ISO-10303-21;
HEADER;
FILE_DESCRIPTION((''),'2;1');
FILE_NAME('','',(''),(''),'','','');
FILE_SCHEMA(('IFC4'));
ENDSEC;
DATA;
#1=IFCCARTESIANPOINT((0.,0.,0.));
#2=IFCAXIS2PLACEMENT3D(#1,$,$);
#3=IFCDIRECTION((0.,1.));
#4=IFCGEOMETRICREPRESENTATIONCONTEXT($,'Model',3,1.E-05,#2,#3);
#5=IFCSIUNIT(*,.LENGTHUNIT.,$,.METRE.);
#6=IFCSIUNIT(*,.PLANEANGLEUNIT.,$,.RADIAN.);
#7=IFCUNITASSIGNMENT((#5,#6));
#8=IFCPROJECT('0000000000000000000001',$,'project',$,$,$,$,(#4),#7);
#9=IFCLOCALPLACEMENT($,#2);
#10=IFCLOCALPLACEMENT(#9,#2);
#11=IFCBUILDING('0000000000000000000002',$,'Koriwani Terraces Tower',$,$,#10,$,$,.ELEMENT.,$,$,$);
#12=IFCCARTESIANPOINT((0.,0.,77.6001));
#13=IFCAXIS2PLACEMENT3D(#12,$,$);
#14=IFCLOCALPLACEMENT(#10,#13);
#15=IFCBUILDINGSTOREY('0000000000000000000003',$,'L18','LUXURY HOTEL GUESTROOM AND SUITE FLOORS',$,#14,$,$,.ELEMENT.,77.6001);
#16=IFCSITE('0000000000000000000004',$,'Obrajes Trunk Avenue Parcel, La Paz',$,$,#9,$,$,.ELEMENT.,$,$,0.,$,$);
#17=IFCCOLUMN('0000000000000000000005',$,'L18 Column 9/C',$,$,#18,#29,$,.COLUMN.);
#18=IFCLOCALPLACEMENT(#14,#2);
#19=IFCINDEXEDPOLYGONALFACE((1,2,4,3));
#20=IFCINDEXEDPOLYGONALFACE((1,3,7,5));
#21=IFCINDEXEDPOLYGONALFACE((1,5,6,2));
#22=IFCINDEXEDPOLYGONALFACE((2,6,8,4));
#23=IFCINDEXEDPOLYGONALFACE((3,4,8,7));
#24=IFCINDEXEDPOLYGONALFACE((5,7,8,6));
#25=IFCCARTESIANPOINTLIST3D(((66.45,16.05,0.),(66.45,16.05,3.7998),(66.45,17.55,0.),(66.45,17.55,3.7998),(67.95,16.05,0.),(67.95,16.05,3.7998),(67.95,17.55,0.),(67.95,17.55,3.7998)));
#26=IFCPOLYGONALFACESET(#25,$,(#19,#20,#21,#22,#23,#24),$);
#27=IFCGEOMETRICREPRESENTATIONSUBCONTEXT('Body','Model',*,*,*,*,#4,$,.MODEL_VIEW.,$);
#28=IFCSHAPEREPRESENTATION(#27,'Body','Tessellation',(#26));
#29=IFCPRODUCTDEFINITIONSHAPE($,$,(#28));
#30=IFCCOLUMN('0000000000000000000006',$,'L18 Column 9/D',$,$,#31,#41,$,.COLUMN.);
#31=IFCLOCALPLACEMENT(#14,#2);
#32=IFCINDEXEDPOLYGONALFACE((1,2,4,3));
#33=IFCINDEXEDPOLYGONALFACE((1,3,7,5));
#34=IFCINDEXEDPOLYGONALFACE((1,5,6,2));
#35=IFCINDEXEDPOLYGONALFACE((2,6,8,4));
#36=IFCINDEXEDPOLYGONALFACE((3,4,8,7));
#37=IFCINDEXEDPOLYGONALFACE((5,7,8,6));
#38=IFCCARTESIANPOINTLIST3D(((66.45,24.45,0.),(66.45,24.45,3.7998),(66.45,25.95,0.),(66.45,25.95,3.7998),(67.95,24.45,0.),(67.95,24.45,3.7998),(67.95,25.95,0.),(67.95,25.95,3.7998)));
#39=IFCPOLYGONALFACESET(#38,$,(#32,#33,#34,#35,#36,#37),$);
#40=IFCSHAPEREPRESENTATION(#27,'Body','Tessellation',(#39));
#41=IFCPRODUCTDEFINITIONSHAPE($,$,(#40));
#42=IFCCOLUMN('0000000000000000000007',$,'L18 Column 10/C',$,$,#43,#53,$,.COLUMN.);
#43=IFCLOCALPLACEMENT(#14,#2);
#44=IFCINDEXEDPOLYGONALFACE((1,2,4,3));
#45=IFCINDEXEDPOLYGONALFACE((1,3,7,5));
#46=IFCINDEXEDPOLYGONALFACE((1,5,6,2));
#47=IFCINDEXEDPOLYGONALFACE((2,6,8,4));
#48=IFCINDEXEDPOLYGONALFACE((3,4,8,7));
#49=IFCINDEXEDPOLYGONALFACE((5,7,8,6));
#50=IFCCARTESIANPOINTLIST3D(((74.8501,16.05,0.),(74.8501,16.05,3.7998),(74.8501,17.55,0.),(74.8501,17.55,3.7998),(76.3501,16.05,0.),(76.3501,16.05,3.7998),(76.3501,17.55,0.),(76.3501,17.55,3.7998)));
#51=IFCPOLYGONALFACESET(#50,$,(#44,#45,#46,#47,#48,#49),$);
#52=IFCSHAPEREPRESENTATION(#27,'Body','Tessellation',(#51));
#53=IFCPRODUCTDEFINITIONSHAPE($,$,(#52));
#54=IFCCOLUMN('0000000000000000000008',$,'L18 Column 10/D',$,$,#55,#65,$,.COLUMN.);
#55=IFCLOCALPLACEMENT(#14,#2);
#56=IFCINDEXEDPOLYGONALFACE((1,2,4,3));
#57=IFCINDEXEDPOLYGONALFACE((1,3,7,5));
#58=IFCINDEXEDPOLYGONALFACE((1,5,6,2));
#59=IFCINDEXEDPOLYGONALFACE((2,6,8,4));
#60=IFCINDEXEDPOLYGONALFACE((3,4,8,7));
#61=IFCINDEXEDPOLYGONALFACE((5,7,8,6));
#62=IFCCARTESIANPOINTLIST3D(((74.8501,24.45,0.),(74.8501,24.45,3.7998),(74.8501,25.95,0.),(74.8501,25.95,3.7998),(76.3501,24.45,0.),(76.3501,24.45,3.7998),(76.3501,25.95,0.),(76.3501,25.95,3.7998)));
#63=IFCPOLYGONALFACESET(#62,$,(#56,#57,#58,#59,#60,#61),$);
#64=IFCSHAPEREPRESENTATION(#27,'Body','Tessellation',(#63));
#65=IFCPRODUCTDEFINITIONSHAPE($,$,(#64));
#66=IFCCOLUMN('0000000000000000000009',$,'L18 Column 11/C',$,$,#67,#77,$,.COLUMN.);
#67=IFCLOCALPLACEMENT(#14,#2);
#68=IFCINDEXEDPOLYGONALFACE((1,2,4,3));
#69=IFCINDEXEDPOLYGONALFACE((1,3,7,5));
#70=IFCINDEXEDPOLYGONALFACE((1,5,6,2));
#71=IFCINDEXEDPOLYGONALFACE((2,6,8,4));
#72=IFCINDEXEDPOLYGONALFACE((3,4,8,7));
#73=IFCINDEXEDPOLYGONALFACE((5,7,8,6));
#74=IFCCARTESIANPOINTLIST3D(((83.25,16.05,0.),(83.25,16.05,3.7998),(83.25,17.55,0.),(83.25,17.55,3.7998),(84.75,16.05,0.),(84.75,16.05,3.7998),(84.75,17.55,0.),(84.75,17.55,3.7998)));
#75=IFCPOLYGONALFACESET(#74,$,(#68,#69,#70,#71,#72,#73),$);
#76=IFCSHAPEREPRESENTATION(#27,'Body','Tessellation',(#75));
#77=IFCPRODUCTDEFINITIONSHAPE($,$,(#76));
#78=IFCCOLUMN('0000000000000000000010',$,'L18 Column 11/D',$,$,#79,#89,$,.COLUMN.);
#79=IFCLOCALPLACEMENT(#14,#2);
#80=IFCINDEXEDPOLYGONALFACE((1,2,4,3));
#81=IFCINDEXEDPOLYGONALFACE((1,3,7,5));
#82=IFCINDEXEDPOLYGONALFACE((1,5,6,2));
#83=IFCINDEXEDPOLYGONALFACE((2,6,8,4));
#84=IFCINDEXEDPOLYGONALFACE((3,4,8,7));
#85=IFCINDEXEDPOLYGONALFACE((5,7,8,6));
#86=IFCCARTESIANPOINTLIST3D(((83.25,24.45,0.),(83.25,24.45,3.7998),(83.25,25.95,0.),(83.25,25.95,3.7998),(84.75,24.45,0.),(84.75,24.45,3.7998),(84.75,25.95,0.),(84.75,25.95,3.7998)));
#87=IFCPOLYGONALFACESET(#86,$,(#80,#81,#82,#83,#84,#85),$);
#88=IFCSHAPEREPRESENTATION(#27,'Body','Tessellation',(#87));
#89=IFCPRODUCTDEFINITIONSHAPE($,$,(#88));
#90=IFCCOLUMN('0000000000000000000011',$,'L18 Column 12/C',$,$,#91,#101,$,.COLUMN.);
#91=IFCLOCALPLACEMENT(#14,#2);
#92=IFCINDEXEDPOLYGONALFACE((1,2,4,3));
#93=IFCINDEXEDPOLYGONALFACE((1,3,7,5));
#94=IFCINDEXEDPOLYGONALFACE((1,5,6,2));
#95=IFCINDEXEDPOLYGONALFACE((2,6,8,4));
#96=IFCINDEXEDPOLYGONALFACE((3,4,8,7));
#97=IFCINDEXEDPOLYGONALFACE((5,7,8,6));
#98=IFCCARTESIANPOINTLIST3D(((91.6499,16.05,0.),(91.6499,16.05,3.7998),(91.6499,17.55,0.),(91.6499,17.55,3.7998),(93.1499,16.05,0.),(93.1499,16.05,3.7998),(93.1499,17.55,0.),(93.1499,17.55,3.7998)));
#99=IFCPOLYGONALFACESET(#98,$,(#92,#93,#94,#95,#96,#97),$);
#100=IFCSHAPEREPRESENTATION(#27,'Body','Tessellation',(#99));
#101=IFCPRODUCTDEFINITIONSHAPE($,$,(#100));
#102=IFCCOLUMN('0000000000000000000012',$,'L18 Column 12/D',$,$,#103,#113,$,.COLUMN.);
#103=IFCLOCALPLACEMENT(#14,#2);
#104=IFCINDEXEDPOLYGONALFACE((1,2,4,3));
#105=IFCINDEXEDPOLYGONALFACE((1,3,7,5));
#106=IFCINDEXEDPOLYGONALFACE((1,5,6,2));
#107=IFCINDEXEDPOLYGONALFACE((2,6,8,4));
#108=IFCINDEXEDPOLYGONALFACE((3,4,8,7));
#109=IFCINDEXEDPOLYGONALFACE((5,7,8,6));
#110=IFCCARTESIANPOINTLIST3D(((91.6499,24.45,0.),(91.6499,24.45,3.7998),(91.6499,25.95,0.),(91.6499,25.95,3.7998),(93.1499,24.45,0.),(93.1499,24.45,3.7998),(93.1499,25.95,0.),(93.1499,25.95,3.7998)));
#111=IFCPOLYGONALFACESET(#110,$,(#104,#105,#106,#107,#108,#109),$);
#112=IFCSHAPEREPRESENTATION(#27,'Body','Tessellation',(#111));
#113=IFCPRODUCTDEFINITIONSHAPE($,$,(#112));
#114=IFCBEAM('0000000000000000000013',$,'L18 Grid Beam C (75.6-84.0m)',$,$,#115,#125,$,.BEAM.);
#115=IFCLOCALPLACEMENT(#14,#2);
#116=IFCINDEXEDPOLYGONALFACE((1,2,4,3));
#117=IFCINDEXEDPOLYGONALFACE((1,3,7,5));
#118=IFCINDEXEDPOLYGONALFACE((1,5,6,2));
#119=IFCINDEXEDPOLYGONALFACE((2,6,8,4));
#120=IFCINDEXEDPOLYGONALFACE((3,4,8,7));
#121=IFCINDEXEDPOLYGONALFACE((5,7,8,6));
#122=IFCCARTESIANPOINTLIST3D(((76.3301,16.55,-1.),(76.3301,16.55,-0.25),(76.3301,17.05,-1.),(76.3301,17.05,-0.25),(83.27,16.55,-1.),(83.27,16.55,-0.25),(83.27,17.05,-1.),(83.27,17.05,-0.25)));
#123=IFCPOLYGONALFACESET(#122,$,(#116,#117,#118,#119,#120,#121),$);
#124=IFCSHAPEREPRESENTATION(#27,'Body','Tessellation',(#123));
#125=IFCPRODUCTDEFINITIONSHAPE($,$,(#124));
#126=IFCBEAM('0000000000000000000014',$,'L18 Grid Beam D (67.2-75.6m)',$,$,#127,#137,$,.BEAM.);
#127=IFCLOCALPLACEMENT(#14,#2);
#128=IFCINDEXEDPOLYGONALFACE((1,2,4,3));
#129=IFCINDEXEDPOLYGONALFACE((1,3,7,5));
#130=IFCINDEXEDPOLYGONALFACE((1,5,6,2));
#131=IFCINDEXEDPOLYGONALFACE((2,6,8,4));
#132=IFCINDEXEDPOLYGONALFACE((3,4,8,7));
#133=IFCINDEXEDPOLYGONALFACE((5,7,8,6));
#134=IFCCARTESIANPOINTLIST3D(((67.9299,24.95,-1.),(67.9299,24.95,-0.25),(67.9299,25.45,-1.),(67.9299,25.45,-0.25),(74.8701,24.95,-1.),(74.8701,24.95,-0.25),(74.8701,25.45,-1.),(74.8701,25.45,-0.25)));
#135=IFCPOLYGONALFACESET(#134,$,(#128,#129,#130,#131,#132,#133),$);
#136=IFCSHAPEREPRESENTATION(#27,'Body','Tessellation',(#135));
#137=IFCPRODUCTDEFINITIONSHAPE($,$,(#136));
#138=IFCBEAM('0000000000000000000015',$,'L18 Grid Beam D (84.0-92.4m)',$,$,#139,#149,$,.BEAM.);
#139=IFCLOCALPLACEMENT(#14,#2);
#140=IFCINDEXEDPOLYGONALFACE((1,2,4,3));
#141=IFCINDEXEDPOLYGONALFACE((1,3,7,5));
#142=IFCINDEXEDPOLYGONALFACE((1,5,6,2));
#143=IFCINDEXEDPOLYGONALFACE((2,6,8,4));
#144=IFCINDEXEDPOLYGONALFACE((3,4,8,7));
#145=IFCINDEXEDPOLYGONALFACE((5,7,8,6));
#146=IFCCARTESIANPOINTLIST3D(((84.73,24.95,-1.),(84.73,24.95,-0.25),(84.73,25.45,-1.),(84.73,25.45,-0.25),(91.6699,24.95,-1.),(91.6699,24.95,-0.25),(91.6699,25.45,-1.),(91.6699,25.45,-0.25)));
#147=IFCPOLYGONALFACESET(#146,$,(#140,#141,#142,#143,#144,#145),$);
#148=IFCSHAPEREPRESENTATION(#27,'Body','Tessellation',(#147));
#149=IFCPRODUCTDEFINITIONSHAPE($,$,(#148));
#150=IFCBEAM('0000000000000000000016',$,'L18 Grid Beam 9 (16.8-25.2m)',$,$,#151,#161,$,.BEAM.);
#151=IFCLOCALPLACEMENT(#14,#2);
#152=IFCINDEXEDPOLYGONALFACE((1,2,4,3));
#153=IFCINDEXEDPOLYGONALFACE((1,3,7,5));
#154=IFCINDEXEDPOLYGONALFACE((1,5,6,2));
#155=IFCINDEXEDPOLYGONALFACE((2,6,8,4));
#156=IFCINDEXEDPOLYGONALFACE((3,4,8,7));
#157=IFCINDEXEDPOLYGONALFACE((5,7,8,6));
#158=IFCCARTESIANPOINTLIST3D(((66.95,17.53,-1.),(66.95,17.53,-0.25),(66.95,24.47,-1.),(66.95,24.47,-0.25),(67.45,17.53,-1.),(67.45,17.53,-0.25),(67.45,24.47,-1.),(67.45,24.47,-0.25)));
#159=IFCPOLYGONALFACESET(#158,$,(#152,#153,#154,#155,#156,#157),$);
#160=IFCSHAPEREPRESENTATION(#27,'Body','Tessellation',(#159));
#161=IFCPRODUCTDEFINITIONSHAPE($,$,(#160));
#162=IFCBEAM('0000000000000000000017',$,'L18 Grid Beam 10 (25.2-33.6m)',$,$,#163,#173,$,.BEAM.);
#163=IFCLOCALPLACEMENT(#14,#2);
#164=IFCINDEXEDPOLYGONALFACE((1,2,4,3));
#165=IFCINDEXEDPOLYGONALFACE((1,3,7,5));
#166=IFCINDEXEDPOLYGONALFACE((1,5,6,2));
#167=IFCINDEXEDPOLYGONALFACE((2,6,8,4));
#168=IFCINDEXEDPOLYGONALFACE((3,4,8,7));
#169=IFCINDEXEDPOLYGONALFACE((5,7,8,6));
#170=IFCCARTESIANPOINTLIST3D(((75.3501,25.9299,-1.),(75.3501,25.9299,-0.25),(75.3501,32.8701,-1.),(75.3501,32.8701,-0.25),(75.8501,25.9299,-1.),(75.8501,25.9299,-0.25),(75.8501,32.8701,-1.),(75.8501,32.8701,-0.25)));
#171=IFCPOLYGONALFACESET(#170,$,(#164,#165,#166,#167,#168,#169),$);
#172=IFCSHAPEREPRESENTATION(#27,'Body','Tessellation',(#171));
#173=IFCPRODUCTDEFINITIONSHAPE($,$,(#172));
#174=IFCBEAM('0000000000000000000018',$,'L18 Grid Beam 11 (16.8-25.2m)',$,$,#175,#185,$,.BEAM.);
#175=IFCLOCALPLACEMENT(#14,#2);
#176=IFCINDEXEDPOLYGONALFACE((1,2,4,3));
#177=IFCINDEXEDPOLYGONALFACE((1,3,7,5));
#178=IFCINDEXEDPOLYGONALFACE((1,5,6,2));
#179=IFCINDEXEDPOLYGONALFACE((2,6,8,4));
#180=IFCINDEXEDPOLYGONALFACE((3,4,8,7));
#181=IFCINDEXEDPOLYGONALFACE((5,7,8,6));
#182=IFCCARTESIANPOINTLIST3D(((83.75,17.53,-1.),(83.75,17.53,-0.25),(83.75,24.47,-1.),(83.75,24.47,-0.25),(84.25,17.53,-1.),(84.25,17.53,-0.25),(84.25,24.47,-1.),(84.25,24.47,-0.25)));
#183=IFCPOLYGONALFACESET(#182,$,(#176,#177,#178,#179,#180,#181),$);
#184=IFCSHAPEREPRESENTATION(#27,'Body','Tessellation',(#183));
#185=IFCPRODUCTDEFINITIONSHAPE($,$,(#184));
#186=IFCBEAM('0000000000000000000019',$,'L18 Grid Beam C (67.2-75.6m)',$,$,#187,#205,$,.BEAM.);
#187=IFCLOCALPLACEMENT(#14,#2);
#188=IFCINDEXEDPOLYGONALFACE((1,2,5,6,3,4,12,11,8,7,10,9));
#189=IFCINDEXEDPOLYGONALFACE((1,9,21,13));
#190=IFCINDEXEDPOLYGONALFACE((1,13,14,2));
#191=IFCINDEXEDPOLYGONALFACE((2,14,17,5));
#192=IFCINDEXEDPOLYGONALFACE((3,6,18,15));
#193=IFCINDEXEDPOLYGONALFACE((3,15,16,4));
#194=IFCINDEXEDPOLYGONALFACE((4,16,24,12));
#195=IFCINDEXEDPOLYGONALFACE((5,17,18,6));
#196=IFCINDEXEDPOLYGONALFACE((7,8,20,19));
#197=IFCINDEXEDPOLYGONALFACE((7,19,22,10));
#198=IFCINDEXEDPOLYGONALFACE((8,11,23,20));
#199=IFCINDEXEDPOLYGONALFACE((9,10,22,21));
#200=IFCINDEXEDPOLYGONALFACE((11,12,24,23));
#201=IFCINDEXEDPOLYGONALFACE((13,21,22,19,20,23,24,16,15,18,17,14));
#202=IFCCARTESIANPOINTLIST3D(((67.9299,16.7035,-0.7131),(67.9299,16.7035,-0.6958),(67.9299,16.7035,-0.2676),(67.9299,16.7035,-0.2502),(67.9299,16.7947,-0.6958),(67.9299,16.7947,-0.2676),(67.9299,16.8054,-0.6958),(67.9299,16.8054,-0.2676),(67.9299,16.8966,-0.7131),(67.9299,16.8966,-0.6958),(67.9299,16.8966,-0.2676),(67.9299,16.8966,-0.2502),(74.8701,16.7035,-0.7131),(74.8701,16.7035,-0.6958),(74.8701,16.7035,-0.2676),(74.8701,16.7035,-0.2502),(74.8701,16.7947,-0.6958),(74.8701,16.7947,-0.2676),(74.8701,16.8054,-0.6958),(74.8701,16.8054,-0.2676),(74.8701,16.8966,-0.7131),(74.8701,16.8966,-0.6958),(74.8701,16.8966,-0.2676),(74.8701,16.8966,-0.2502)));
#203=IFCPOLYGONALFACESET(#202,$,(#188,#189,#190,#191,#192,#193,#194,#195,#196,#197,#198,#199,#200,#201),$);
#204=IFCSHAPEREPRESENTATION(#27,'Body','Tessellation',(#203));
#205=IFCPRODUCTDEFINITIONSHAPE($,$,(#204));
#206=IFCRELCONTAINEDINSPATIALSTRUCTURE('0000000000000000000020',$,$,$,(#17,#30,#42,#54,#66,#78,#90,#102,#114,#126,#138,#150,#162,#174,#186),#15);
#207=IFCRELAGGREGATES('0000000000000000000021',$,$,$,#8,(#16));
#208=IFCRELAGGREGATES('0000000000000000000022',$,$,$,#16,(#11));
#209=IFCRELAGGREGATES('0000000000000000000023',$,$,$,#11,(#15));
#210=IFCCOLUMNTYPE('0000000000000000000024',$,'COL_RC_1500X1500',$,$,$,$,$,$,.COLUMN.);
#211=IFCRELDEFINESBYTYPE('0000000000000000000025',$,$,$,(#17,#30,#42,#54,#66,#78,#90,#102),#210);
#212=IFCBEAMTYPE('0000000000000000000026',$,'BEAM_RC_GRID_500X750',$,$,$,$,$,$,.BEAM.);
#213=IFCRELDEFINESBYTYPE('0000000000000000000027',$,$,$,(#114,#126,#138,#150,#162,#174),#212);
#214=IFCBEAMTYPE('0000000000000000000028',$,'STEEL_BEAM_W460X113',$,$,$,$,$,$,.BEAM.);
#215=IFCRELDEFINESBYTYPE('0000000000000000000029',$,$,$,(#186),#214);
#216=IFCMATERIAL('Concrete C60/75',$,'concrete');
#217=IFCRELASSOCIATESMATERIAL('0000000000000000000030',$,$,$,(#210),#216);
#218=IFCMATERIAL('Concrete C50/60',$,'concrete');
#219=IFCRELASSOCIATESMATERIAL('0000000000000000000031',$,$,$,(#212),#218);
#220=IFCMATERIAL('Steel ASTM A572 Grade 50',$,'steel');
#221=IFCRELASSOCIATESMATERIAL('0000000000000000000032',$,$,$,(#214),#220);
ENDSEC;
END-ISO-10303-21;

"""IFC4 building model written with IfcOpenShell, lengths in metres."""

from ifc_helpers import new_model, si_unit, direction, frame, origin, origin_2d, place, context, subcontext, project, spatial, rectangle, i_section, extrude, material, material_profile, profile_set, type_object, element, save


model = new_model("IFC4")

# Units and contexts
model_context = context("Model", 3, precision=1e-05, world=origin(), true_north=direction((0.0, 1.0)))
body_context = subcontext(model_context, "Body", "Model", "MODEL_VIEW")
ifc_project = project(units=[si_unit("LENGTHUNIT", "METRE"), si_unit("PLANEANGLEUNIT", "RADIAN")], contexts=[model_context])

# Site, building, storey
site_placement = place(None, origin())
site = spatial("IfcSite", under=ifc_project, at=site_placement, Name="Obrajes Trunk Avenue Parcel, La Paz", CompositionType="ELEMENT", RefElevation=0.0)
building_placement = place(site_placement, origin())
building = spatial("IfcBuilding", under=site, at=building_placement, Name="Koriwani Terraces Tower", CompositionType="ELEMENT")
storey_placement = place(building_placement, frame((0.0, 0.0, 77.6001)))
storey = spatial("IfcBuildingStorey", under=building, at=storey_placement, Name="L18", Description="LUXURY HOTEL GUESTROOM AND SUITE FLOORS", CompositionType="ELEMENT", Elevation=77.6001)

# Columns
ifc_material_1 = material(Name="Concrete C60/75", Category="concrete")
ifc_material_profile_1 = material_profile(ifc_material_1, rectangle(XDim=1.5, YDim=1.5, at=origin_2d()), Name="Concrete C60/75", Category="LoadBearing")
ifc_profile_set_1 = profile_set([ifc_material_profile_1], Name="Concrete C60/75")
column_type = type_object("IfcColumnType", Name="COL_RC_1500X1500", PredefinedType="COLUMN", material=ifc_profile_set_1)
for number, where, z_axis, x_axis, name in (
    (1, (67.2, 16.8, 0.0), (0.0, 0.0, 1.0), (1.0, 0.0, 0.0), "L18 Column 9/C"),
    (2, (67.2, 25.2, 0.0), (0.0, 0.0, 1.0), (1.0, 0.0, 0.0), "L18 Column 9/D"),
    (3, (75.6001, 16.8, 0.0), (0.0, 0.0, 1.0), (1.0, 0.0, 0.0), "L18 Column 10/C"),
    (4, (75.6001, 25.2, 0.0), (0.0, 0.0, 1.0), (1.0, 0.0, 0.0), "L18 Column 10/D"),
    (5, (84.0, 16.8, 0.0), (0.0, 0.0, 1.0), (1.0, 0.0, 0.0), "L18 Column 11/C"),
    (6, (84.0, 25.2, 0.0), (0.0, 0.0, 1.0), (1.0, 0.0, 0.0), "L18 Column 11/D"),
    (7, (92.3999, 16.8, 0.0), (0.0, 0.0, 1.0), (1.0, 0.0, 0.0), "L18 Column 12/C"),
    (8, (92.3999, 25.2, 0.0), (0.0, 0.0, 1.0), (1.0, 0.0, 0.0), "L18 Column 12/D"),
):
    element("IfcColumn", number, at=place(storey_placement, frame(where, z_axis=z_axis, x_axis=x_axis)), inside=storey, type_object=column_type, Name=name, PredefinedType="COLUMN", context=body_context, shape_type="SweptSolid", body=[
        extrude(rectangle(XDim=1.5, YDim=1.5, at=origin_2d()), origin(), (0.0, 0.0, 1.0), 3.7998),
    ])

# Beams
ifc_material_2 = material(Name="Concrete C50/60", Category="concrete")
ifc_material_profile_2 = material_profile(ifc_material_2, rectangle(XDim=0.5, YDim=0.75, at=origin_2d()), Name="Concrete C50/60", Category="LoadBearing")
ifc_profile_set_2 = profile_set([ifc_material_profile_2], Name="Concrete C50/60")
beam_type_1 = type_object("IfcBeamType", Name="BEAM_RC_GRID_500X750", PredefinedType="BEAM", material=ifc_profile_set_2)
beam_1_placement = place(storey_placement, frame((76.3301, 16.8, -0.625), z_axis=(1.0, 0.0, 0.0), x_axis=(0.0, 1.0, 0.0)))
element("IfcBeam", 9, at=beam_1_placement, inside=storey, type_object=beam_type_1, Name="L18 Grid Beam C (75.6-84.0m)", PredefinedType="BEAM", context=body_context, shape_type="SweptSolid", body=[
    extrude(rectangle(XDim=0.5, YDim=0.75, at=origin_2d()), origin(), (0.0, 0.0, 1.0), 6.9399),
])
beam_2_placement = place(storey_placement, frame((67.9299, 25.2, -0.625), z_axis=(1.0, 0.0, 0.0), x_axis=(0.0, 1.0, 0.0)))
element("IfcBeam", 10, at=beam_2_placement, inside=storey, type_object=beam_type_1, Name="L18 Grid Beam D (67.2-75.6m)", PredefinedType="BEAM", context=body_context, shape_type="SweptSolid", body=[
    extrude(rectangle(XDim=0.5, YDim=0.75, at=origin_2d()), origin(), (0.0, 0.0, 1.0), 6.9402),
])
for number, where, z_axis, x_axis, name in (
    (11, (84.73, 25.2, -0.625), (1.0, 0.0, 0.0), (0.0, 1.0, 0.0), "L18 Grid Beam D (84.0-92.4m)"),
    (12, (67.2, 17.53, -0.625), (0.0, 1.0, 0.0), (-1.0, 0.0, 0.0), "L18 Grid Beam 9 (16.8-25.2m)"),
):
    element("IfcBeam", number, at=place(storey_placement, frame(where, z_axis=z_axis, x_axis=x_axis)), inside=storey, type_object=beam_type_1, Name=name, PredefinedType="BEAM", context=body_context, shape_type="SweptSolid", body=[
        extrude(rectangle(XDim=0.5, YDim=0.75, at=origin_2d()), origin(), (0.0, 0.0, 1.0), 6.9399),
    ])
beam_3_placement = place(storey_placement, frame((75.6001, 25.9299, -0.625), z_axis=(0.0, 1.0, 0.0), x_axis=(-1.0, 0.0, 0.0)))
element("IfcBeam", 13, at=beam_3_placement, inside=storey, type_object=beam_type_1, Name="L18 Grid Beam 10 (25.2-33.6m)", PredefinedType="BEAM", context=body_context, shape_type="SweptSolid", body=[
    extrude(rectangle(XDim=0.5, YDim=0.75, at=origin_2d()), origin(), (0.0, 0.0, 1.0), 6.9402),
])
beam_4_placement = place(storey_placement, frame((84.0, 17.53, -0.625), z_axis=(0.0, 1.0, 0.0), x_axis=(-1.0, 0.0, 0.0)))
element("IfcBeam", 14, at=beam_4_placement, inside=storey, type_object=beam_type_1, Name="L18 Grid Beam 11 (16.8-25.2m)", PredefinedType="BEAM", context=body_context, shape_type="SweptSolid", body=[
    extrude(rectangle(XDim=0.5, YDim=0.75, at=origin_2d()), origin(), (0.0, 0.0, 1.0), 6.9399),
])
ifc_material_3 = material(Name="Steel ASTM A572 Grade 50", Category="steel")
ifc_material_profile_3 = material_profile(ifc_material_3, i_section(OverallWidth=0.1931, OverallDepth=0.4629, WebThickness=0.0107, FlangeThickness=0.0173, at=origin_2d()), Name="Steel ASTM A572 Grade 50", Category="LoadBearing")
ifc_profile_set_3 = profile_set([ifc_material_profile_3], Name="Steel ASTM A572 Grade 50")
beam_type_2 = type_object("IfcBeamType", Name="STEEL_BEAM_W460X113", PredefinedType="BEAM", material=ifc_profile_set_3)
beam_5_placement = place(storey_placement, frame((67.9299, 16.8, -0.4817), z_axis=(1.0, 0.0, 0.0), x_axis=(0.0, 1.0, 0.0)))
element("IfcBeam", 15, at=beam_5_placement, inside=storey, type_object=beam_type_2, Name="L18 Grid Beam C (67.2-75.6m)", PredefinedType="BEAM", context=body_context, shape_type="SweptSolid", body=[
    extrude(i_section(OverallWidth=0.1931, OverallDepth=0.4629, WebThickness=0.0107, FlangeThickness=0.0173, at=origin_2d()), origin(), (0.0, 0.0, 1.0), 6.9402),
])

save(model, "model.ifc")
